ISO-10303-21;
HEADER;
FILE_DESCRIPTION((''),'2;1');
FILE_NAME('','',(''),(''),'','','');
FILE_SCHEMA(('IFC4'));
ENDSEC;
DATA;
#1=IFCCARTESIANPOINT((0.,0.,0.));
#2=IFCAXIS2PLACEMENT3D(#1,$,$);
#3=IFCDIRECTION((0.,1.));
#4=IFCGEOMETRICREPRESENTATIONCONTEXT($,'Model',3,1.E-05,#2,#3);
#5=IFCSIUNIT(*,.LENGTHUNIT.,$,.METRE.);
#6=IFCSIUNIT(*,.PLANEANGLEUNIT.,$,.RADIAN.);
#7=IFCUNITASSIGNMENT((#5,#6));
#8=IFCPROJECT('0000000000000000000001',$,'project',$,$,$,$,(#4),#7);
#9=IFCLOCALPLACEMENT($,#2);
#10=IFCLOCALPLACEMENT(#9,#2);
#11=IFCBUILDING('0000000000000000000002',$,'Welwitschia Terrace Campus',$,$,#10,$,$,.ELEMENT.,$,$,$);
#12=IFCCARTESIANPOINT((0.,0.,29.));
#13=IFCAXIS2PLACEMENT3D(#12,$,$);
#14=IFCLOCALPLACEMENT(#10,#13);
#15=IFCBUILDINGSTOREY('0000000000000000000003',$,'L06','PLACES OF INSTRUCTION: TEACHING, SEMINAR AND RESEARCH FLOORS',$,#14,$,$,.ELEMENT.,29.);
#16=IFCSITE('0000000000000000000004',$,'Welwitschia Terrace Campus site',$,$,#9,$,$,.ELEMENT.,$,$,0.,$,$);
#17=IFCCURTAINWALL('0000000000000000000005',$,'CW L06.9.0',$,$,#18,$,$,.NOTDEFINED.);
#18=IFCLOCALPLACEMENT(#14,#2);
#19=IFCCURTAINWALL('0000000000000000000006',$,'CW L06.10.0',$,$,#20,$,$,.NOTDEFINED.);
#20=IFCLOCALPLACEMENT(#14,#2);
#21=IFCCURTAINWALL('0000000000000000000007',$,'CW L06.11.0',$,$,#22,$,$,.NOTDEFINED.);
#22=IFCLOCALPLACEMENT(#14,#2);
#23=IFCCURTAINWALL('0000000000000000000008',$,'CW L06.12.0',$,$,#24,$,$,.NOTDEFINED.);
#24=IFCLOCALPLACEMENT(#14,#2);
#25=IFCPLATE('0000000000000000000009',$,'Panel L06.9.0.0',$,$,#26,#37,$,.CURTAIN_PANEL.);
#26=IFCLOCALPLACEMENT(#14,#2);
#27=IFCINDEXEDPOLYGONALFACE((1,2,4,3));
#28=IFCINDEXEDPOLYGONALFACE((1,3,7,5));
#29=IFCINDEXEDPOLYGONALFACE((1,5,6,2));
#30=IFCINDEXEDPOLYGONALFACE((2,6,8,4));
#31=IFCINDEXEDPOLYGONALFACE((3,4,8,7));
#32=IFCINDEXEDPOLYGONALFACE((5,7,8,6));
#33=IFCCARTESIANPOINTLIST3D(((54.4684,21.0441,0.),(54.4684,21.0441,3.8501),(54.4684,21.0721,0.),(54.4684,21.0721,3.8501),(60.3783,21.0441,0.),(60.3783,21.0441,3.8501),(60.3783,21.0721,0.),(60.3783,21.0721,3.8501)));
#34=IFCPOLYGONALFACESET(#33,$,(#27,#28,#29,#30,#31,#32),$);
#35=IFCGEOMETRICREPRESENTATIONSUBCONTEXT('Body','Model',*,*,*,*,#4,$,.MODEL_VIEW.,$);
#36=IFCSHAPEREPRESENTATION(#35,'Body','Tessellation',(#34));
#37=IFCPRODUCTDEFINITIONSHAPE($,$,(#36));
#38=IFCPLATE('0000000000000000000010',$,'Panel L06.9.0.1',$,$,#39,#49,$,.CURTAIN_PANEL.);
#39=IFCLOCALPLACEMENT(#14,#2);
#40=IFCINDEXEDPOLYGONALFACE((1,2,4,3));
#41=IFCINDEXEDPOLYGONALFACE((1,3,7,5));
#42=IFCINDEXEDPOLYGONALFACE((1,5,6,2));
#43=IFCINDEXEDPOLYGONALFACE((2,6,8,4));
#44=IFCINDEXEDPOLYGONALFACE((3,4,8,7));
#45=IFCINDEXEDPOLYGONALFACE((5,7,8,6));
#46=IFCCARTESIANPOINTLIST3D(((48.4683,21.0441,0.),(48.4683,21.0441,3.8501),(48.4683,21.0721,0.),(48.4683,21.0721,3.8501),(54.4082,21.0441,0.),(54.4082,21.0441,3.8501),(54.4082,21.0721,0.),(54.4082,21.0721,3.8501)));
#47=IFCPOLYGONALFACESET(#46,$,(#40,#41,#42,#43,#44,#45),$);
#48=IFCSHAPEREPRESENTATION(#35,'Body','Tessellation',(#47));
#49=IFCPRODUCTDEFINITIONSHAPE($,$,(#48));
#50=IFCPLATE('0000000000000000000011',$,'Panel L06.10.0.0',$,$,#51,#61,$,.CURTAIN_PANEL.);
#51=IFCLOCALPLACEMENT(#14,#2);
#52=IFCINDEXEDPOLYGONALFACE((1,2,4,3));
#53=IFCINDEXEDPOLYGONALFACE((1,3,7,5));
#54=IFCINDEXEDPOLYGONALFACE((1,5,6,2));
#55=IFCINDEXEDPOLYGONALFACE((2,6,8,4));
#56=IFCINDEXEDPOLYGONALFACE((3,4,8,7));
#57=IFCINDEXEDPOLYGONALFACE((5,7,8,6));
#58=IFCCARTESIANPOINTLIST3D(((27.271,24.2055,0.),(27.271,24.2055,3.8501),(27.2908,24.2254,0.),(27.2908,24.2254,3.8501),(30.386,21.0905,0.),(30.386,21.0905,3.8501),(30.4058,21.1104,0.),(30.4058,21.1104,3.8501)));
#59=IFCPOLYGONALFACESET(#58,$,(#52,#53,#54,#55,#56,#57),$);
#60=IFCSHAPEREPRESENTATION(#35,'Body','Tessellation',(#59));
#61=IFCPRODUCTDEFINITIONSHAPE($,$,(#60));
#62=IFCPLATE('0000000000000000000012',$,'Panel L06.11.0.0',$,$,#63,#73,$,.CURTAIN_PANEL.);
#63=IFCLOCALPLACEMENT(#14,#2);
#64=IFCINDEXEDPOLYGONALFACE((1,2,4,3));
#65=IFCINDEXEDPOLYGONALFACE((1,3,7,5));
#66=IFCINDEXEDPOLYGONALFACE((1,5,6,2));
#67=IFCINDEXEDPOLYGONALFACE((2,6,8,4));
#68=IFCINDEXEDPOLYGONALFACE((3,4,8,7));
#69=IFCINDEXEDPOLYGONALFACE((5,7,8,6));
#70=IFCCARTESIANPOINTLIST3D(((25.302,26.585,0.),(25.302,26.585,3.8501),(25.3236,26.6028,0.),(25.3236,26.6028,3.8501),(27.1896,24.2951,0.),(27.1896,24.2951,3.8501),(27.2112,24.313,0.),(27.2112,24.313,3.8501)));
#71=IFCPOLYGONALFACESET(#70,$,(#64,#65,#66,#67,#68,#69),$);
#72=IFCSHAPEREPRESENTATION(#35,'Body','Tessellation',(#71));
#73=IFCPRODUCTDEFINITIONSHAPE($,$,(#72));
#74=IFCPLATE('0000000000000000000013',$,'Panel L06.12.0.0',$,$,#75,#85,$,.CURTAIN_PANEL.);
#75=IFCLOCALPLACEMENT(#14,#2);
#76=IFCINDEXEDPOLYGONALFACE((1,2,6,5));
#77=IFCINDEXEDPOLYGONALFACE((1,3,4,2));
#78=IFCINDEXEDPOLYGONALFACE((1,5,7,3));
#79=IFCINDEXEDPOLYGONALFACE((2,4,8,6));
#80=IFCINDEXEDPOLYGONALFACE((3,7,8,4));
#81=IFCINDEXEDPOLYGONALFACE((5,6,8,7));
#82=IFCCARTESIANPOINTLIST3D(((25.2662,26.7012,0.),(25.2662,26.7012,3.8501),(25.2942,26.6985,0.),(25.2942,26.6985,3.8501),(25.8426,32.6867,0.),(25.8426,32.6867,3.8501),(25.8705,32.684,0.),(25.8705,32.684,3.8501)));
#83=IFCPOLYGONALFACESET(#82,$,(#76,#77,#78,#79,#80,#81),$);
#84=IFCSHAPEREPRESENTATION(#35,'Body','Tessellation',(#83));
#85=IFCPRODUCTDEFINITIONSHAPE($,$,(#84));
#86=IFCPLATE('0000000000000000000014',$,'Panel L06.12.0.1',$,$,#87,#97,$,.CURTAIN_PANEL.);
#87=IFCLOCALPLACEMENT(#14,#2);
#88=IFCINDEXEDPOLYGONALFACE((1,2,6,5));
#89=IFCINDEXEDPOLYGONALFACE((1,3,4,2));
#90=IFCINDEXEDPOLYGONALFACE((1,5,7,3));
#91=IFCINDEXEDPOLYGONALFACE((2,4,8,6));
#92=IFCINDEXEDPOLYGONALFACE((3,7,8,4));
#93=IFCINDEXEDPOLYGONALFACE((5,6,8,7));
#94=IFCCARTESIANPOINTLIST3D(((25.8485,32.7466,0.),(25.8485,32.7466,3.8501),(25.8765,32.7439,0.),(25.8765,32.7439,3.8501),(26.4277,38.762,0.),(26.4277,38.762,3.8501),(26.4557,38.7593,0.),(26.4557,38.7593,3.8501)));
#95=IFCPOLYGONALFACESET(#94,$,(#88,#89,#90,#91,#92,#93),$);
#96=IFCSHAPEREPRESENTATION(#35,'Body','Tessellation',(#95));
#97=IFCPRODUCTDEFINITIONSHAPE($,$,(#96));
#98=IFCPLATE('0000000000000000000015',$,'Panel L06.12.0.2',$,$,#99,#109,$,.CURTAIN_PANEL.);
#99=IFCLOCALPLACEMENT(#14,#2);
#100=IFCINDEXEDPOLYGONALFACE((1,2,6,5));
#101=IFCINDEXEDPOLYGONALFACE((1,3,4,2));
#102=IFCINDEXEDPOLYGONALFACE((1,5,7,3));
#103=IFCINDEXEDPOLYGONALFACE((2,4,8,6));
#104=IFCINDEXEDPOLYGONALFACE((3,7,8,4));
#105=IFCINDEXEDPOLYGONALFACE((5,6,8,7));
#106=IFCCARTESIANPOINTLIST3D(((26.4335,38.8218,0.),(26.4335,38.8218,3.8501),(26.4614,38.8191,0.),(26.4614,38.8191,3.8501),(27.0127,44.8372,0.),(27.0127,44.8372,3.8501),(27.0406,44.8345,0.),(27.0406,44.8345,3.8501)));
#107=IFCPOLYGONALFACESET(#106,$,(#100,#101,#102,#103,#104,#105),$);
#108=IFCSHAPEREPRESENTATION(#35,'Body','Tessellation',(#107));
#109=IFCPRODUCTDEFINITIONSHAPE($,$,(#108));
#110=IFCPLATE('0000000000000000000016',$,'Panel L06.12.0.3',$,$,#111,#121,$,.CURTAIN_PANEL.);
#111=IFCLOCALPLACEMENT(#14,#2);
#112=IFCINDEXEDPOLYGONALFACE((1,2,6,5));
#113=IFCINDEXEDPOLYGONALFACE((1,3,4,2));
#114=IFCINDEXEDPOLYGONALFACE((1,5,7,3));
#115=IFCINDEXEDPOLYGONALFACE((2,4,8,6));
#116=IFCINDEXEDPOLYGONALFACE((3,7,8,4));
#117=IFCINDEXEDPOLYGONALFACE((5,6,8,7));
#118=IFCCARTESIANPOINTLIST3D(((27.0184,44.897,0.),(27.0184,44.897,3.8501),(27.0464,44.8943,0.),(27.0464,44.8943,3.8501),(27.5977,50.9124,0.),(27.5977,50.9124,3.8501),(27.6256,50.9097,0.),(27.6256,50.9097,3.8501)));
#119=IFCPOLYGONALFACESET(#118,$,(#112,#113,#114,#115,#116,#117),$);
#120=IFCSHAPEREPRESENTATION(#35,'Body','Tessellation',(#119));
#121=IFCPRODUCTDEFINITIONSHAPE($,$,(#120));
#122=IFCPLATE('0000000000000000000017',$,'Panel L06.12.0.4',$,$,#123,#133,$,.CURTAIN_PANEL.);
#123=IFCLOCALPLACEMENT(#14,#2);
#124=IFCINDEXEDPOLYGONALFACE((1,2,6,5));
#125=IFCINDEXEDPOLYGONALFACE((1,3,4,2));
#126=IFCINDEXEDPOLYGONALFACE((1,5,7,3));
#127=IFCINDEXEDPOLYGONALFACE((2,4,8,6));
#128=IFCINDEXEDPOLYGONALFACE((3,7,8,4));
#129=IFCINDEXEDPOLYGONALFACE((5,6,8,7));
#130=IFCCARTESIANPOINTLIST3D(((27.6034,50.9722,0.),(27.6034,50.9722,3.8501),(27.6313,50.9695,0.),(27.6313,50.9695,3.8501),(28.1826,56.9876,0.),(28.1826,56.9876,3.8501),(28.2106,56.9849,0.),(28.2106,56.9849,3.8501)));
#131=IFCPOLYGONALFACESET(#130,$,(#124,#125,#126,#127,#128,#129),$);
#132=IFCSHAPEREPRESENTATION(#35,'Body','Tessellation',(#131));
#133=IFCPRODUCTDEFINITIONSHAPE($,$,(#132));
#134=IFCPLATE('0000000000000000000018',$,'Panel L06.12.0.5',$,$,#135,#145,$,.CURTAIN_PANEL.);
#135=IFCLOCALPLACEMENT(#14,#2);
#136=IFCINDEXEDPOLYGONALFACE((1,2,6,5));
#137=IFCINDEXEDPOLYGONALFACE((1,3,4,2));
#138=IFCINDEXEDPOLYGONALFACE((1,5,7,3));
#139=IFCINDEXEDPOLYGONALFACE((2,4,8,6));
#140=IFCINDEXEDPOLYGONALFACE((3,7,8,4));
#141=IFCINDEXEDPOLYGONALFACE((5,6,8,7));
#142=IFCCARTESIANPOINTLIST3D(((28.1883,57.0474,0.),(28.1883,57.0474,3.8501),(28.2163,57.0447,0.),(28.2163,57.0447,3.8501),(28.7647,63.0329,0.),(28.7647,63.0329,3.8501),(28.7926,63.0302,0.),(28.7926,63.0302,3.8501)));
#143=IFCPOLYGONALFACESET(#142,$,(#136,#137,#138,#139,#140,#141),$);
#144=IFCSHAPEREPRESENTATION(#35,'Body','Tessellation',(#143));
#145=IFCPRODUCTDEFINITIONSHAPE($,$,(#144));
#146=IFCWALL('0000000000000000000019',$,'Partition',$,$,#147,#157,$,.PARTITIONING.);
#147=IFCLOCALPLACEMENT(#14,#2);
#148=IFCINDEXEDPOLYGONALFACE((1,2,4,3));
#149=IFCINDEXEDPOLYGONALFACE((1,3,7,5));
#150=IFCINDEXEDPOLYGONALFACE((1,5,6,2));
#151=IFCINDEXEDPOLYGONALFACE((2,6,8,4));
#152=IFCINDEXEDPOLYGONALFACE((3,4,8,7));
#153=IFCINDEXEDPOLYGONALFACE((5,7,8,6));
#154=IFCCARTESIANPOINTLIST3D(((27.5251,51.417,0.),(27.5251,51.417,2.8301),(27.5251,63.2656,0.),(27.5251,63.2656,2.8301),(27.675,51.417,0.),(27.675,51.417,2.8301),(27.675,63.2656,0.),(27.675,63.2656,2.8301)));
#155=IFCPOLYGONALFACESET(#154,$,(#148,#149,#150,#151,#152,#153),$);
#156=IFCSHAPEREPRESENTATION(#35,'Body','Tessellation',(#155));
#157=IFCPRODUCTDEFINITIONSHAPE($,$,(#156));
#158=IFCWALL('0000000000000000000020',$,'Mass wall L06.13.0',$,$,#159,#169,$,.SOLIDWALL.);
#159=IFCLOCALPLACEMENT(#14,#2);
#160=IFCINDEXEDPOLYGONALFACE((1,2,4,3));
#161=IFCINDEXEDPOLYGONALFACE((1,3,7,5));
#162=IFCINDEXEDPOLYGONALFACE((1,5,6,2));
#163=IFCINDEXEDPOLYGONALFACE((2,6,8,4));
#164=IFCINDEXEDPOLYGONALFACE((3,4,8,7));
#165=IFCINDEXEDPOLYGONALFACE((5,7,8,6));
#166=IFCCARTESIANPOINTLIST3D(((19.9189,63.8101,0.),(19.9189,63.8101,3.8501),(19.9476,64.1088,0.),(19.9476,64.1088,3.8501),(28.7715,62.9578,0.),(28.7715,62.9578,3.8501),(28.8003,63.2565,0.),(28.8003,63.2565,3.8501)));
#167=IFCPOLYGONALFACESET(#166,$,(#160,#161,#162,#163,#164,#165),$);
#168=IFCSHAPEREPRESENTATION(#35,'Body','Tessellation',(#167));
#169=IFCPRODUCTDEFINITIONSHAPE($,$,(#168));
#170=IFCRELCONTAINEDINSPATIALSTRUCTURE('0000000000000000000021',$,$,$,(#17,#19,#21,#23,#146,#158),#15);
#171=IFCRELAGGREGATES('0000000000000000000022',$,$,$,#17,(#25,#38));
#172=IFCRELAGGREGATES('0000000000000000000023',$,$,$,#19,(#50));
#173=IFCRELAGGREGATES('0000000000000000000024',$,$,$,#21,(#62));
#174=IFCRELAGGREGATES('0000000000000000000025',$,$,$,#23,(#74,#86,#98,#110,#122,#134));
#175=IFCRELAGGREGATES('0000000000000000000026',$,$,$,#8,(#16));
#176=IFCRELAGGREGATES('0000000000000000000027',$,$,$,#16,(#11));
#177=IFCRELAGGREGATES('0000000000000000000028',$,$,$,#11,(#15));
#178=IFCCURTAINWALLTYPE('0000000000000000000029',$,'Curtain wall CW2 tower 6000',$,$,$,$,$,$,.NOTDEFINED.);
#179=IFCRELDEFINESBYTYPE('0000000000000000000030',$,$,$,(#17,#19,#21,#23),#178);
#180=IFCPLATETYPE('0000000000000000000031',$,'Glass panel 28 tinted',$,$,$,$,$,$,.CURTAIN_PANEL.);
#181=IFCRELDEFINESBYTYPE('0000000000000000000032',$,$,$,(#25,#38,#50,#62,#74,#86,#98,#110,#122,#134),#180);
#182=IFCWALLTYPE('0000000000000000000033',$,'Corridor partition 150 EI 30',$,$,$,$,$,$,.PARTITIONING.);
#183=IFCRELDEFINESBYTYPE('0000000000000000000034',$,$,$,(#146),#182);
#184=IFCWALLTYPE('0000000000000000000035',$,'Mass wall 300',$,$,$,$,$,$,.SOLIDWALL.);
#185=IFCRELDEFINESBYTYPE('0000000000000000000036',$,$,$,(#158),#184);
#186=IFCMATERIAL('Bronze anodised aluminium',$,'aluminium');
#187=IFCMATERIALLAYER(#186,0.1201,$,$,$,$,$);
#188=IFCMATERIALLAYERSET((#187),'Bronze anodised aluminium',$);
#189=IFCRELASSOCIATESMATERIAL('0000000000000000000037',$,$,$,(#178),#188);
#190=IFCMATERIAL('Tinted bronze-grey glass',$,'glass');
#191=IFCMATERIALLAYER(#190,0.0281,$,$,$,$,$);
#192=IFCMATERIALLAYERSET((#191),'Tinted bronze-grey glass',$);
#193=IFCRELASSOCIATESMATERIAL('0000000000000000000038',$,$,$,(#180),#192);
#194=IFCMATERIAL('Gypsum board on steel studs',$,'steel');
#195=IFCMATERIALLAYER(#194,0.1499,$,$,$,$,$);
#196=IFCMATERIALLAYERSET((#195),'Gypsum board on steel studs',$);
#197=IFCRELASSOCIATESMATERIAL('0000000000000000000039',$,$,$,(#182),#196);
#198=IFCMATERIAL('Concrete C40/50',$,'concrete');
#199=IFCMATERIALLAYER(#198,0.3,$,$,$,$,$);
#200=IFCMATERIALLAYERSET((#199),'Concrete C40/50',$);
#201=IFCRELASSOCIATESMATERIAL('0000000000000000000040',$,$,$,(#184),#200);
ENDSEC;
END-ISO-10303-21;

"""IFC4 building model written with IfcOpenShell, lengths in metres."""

from ifc_helpers import new_model, si_unit, direction, frame, frame_2d, origin, origin_2d, place, context, subcontext, project, spatial, rectangle, extrude, material, layer, layer_set, type_object, element, aggregate, save


model = new_model("IFC4")

# Units and contexts
model_context = context("Model", 3, precision=1e-05, world=origin(), true_north=direction((0.0, 1.0)))
body_context = subcontext(model_context, "Body", "Model", "MODEL_VIEW")
ifc_project = project(units=[si_unit("LENGTHUNIT", "METRE"), si_unit("PLANEANGLEUNIT", "RADIAN")], contexts=[model_context])

# Site, building, storey
site_placement = place(None, origin())
site = spatial("IfcSite", under=ifc_project, at=site_placement, Name="Welwitschia Terrace Campus site", CompositionType="ELEMENT", RefElevation=0.0)
building_placement = place(site_placement, origin())
building = spatial("IfcBuilding", under=site, at=building_placement, Name="Welwitschia Terrace Campus", CompositionType="ELEMENT")
storey_placement = place(building_placement, frame((0.0, 0.0, 29.0)))
storey = spatial("IfcBuildingStorey", under=building, at=storey_placement, Name="L06", Description="PLACES OF INSTRUCTION: TEACHING, SEMINAR AND RESEARCH FLOORS", CompositionType="ELEMENT", Elevation=29.0)

# Curtain walls
ifc_material_1 = material(Name="Bronze anodised aluminium", Category="aluminium")
ifc_layer_1 = layer(ifc_material_1, 0.1201)
ifc_layer_set_1 = layer_set([ifc_layer_1], Name="Bronze anodised aluminium")
curtain_wall_type = type_object("IfcCurtainWallType", Name="Curtain wall CW2 tower 6000", PredefinedType="NOTDEFINED", material=ifc_layer_set_1)
curtain_wall_1_placement = place(storey_placement, origin())
curtain_wall_1 = element("IfcCurtainWall", 1, at=curtain_wall_1_placement, inside=storey, type_object=curtain_wall_type, Name="CW L06.9.0", PredefinedType="NOTDEFINED")
curtain_wall_2_placement = place(storey_placement, origin())
curtain_wall_2 = element("IfcCurtainWall", 2, at=curtain_wall_2_placement, inside=storey, type_object=curtain_wall_type, Name="CW L06.10.0", PredefinedType="NOTDEFINED")
curtain_wall_3_placement = place(storey_placement, origin())
curtain_wall_3 = element("IfcCurtainWall", 3, at=curtain_wall_3_placement, inside=storey, type_object=curtain_wall_type, Name="CW L06.11.0", PredefinedType="NOTDEFINED")
curtain_wall_4_placement = place(storey_placement, origin())
curtain_wall_4 = element("IfcCurtainWall", 4, at=curtain_wall_4_placement, inside=storey, type_object=curtain_wall_type, Name="CW L06.12.0", PredefinedType="NOTDEFINED")

# Plates
ifc_material_2 = material(Name="Tinted bronze-grey glass", Category="glass")
ifc_layer_2 = layer(ifc_material_2, 0.0281)
ifc_layer_set_2 = layer_set([ifc_layer_2], Name="Tinted bronze-grey glass")
plate_type = type_object("IfcPlateType", Name="Glass panel 28 tinted", PredefinedType="CURTAIN_PANEL", material=ifc_layer_set_2)
plate_1_placement = place(storey_placement, frame((57.4233, 21.0581, 0.0), z_axis=(0.0, 0.0, 1.0), x_axis=(-1.0, 0.0, 0.0)))
plate_1 = element("IfcPlate", 5, at=plate_1_placement, type_object=plate_type, Name="Panel L06.9.0.0", PredefinedType="CURTAIN_PANEL", context=body_context, shape_type="SweptSolid", body=[
    extrude(rectangle(XDim=5.9099, YDim=0.0281, at=origin_2d()), origin(), (0.0, 0.0, 1.0), 3.8501),
])
plate_2_placement = place(storey_placement, frame((51.4382, 21.0581, 0.0), z_axis=(0.0, 0.0, 1.0), x_axis=(-1.0, 0.0, 0.0)))
plate_2 = element("IfcPlate", 6, at=plate_2_placement, type_object=plate_type, Name="Panel L06.9.0.1", PredefinedType="CURTAIN_PANEL", context=body_context, shape_type="SweptSolid", body=[
    extrude(rectangle(XDim=5.9399, YDim=0.0281, at=origin_2d()), origin(), (0.0, 0.0, 1.0), 3.8501),
])
aggregate(curtain_wall_1, [plate_1, plate_2])
plate_3_placement = place(storey_placement, frame((28.8384, 22.658, 0.0), z_axis=(0.0, 0.0, 1.0), x_axis=(-0.707107, 0.707107, 0.0)))
plate_3 = element("IfcPlate", 7, at=plate_3_placement, type_object=plate_type, Name="Panel L06.10.0.0", PredefinedType="CURTAIN_PANEL", context=body_context, shape_type="SweptSolid", body=[
    extrude(rectangle(XDim=4.4053, YDim=0.0281, at=origin_2d()), origin(), (0.0, 0.0, 1.0), 3.8501),
])
aggregate(curtain_wall_2, [plate_3])
plate_4_placement = place(storey_placement, frame((26.2566, 25.449, 0.0), z_axis=(0.0, 0.0, 1.0), x_axis=(-0.636078, 0.771625, 0.0)))
plate_4 = element("IfcPlate", 8, at=plate_4_placement, type_object=plate_type, Name="Panel L06.11.0.0", PredefinedType="CURTAIN_PANEL", context=body_context, shape_type="SweptSolid", body=[
    extrude(rectangle(XDim=2.9675, YDim=0.0281, at=origin_2d()), origin(), (0.0, 0.0, 1.0), 3.8501),
])
aggregate(curtain_wall_3, [plate_4])
plate_5_placement = place(storey_placement, frame((25.5684, 29.6926, 0.0), z_axis=(0.0, 0.0, 1.0), x_axis=(0.095846, 0.995396, 0.0)))
plate_5 = element("IfcPlate", 9, at=plate_5_placement, type_object=plate_type, Name="Panel L06.12.0.0", PredefinedType="CURTAIN_PANEL", context=body_context, shape_type="SweptSolid", body=[
    extrude(rectangle(XDim=6.0132, YDim=0.0281, at=origin_2d()), origin(), (0.0, 0.0, 1.0), 3.8501),
])
plate_6_placement = place(storey_placement, frame((26.1521, 35.7529, 0.0), z_axis=(0.0, 0.0, 1.0), x_axis=(0.095846, 0.995396, 0.0)))
plate_6 = element("IfcPlate", 10, at=plate_6_placement, type_object=plate_type, Name="Panel L06.12.0.1", PredefinedType="CURTAIN_PANEL", context=body_context, shape_type="SweptSolid", body=[
    extrude(rectangle(XDim=6.0432, YDim=0.0281, at=origin_2d()), origin(), (0.0, 0.0, 1.0), 3.8501),
])
plate_7_placement = place(storey_placement, frame((26.7371, 41.8281, 0.0), z_axis=(0.0, 0.0, 1.0), x_axis=(0.095846, 0.995396, 0.0)))
plate_7 = element("IfcPlate", 11, at=plate_7_placement, type_object=plate_type, Name="Panel L06.12.0.2", PredefinedType="CURTAIN_PANEL", context=body_context, shape_type="SweptSolid", body=[
    extrude(rectangle(XDim=6.0432, YDim=0.0281, at=origin_2d()), origin(), (0.0, 0.0, 1.0), 3.8501),
])
plate_8_placement = place(storey_placement, frame((27.322, 47.9033, 0.0), z_axis=(0.0, 0.0, 1.0), x_axis=(0.095846, 0.995396, 0.0)))
plate_8 = element("IfcPlate", 12, at=plate_8_placement, type_object=plate_type, Name="Panel L06.12.0.3", PredefinedType="CURTAIN_PANEL", context=body_context, shape_type="SweptSolid", body=[
    extrude(rectangle(XDim=6.0432, YDim=0.0281, at=origin_2d()), origin(), (0.0, 0.0, 1.0), 3.8501),
])
plate_9_placement = place(storey_placement, frame((27.907, 53.9785, 0.0), z_axis=(0.0, 0.0, 1.0), x_axis=(0.095846, 0.995396, 0.0)))
plate_9 = element("IfcPlate", 13, at=plate_9_placement, type_object=plate_type, Name="Panel L06.12.0.4", PredefinedType="CURTAIN_PANEL", context=body_context, shape_type="SweptSolid", body=[
    extrude(rectangle(XDim=6.0432, YDim=0.0281, at=origin_2d()), origin(), (0.0, 0.0, 1.0), 3.8501),
])
plate_10_placement = place(storey_placement, frame((28.4905, 60.0388, 0.0), z_axis=(0.0, 0.0, 1.0), x_axis=(0.095846, 0.995396, 0.0)))
plate_10 = element("IfcPlate", 14, at=plate_10_placement, type_object=plate_type, Name="Panel L06.12.0.5", PredefinedType="CURTAIN_PANEL", context=body_context, shape_type="SweptSolid", body=[
    extrude(rectangle(XDim=6.0132, YDim=0.0281, at=origin_2d()), origin(), (0.0, 0.0, 1.0), 3.8501),
])
aggregate(curtain_wall_4, [plate_5, plate_6, plate_7, plate_8, plate_9, plate_10])

# Walls
ifc_material_3 = material(Name="Gypsum board on steel studs", Category="steel")
ifc_layer_3 = layer(ifc_material_3, 0.1499)
ifc_layer_set_3 = layer_set([ifc_layer_3], Name="Gypsum board on steel studs")
wall_type_1 = type_object("IfcWallType", Name="Corridor partition 150 EI 30", PredefinedType="PARTITIONING", material=ifc_layer_set_3)
wall_1_placement = place(storey_placement, frame((27.6001, 51.417, 0.0), z_axis=(0.0, 0.0, 1.0), x_axis=(0.0, 1.0, 0.0)))
element("IfcWall", 15, at=wall_1_placement, inside=storey, type_object=wall_type_1, Name="Partition", PredefinedType="PARTITIONING", context=body_context, shape_type="SweptSolid", body=[
    extrude(rectangle(XDim=11.8486, YDim=0.1499, at=frame_2d((5.9243, 0.0))), origin(), (0.0, 0.0, 1.0), 2.8301),
])
ifc_material_4 = material(Name="Concrete C40/50", Category="concrete")
ifc_layer_4 = layer(ifc_material_4, 0.3)
ifc_layer_set_4 = layer_set([ifc_layer_4], Name="Concrete C40/50")
wall_type_2 = type_object("IfcWallType", Name="Mass wall 300", PredefinedType="SOLIDWALL", material=ifc_layer_set_4)
wall_2_placement = place(storey_placement, frame((28.7859, 63.1072, 0.0), z_axis=(0.0, 0.0, 1.0), x_axis=(-0.995397, 0.095834, 0.0)))
element("IfcWall", 16, at=wall_2_placement, inside=storey, type_object=wall_type_2, Name="Mass wall L06.13.0", PredefinedType="SOLIDWALL", context=body_context, shape_type="SweptSolid", body=[
    extrude(rectangle(XDim=8.8936, YDim=0.3, at=frame_2d((4.4468, 0.0))), origin(), (0.0, 0.0, 1.0), 3.8501),
])

save(model, "model.ifc")
